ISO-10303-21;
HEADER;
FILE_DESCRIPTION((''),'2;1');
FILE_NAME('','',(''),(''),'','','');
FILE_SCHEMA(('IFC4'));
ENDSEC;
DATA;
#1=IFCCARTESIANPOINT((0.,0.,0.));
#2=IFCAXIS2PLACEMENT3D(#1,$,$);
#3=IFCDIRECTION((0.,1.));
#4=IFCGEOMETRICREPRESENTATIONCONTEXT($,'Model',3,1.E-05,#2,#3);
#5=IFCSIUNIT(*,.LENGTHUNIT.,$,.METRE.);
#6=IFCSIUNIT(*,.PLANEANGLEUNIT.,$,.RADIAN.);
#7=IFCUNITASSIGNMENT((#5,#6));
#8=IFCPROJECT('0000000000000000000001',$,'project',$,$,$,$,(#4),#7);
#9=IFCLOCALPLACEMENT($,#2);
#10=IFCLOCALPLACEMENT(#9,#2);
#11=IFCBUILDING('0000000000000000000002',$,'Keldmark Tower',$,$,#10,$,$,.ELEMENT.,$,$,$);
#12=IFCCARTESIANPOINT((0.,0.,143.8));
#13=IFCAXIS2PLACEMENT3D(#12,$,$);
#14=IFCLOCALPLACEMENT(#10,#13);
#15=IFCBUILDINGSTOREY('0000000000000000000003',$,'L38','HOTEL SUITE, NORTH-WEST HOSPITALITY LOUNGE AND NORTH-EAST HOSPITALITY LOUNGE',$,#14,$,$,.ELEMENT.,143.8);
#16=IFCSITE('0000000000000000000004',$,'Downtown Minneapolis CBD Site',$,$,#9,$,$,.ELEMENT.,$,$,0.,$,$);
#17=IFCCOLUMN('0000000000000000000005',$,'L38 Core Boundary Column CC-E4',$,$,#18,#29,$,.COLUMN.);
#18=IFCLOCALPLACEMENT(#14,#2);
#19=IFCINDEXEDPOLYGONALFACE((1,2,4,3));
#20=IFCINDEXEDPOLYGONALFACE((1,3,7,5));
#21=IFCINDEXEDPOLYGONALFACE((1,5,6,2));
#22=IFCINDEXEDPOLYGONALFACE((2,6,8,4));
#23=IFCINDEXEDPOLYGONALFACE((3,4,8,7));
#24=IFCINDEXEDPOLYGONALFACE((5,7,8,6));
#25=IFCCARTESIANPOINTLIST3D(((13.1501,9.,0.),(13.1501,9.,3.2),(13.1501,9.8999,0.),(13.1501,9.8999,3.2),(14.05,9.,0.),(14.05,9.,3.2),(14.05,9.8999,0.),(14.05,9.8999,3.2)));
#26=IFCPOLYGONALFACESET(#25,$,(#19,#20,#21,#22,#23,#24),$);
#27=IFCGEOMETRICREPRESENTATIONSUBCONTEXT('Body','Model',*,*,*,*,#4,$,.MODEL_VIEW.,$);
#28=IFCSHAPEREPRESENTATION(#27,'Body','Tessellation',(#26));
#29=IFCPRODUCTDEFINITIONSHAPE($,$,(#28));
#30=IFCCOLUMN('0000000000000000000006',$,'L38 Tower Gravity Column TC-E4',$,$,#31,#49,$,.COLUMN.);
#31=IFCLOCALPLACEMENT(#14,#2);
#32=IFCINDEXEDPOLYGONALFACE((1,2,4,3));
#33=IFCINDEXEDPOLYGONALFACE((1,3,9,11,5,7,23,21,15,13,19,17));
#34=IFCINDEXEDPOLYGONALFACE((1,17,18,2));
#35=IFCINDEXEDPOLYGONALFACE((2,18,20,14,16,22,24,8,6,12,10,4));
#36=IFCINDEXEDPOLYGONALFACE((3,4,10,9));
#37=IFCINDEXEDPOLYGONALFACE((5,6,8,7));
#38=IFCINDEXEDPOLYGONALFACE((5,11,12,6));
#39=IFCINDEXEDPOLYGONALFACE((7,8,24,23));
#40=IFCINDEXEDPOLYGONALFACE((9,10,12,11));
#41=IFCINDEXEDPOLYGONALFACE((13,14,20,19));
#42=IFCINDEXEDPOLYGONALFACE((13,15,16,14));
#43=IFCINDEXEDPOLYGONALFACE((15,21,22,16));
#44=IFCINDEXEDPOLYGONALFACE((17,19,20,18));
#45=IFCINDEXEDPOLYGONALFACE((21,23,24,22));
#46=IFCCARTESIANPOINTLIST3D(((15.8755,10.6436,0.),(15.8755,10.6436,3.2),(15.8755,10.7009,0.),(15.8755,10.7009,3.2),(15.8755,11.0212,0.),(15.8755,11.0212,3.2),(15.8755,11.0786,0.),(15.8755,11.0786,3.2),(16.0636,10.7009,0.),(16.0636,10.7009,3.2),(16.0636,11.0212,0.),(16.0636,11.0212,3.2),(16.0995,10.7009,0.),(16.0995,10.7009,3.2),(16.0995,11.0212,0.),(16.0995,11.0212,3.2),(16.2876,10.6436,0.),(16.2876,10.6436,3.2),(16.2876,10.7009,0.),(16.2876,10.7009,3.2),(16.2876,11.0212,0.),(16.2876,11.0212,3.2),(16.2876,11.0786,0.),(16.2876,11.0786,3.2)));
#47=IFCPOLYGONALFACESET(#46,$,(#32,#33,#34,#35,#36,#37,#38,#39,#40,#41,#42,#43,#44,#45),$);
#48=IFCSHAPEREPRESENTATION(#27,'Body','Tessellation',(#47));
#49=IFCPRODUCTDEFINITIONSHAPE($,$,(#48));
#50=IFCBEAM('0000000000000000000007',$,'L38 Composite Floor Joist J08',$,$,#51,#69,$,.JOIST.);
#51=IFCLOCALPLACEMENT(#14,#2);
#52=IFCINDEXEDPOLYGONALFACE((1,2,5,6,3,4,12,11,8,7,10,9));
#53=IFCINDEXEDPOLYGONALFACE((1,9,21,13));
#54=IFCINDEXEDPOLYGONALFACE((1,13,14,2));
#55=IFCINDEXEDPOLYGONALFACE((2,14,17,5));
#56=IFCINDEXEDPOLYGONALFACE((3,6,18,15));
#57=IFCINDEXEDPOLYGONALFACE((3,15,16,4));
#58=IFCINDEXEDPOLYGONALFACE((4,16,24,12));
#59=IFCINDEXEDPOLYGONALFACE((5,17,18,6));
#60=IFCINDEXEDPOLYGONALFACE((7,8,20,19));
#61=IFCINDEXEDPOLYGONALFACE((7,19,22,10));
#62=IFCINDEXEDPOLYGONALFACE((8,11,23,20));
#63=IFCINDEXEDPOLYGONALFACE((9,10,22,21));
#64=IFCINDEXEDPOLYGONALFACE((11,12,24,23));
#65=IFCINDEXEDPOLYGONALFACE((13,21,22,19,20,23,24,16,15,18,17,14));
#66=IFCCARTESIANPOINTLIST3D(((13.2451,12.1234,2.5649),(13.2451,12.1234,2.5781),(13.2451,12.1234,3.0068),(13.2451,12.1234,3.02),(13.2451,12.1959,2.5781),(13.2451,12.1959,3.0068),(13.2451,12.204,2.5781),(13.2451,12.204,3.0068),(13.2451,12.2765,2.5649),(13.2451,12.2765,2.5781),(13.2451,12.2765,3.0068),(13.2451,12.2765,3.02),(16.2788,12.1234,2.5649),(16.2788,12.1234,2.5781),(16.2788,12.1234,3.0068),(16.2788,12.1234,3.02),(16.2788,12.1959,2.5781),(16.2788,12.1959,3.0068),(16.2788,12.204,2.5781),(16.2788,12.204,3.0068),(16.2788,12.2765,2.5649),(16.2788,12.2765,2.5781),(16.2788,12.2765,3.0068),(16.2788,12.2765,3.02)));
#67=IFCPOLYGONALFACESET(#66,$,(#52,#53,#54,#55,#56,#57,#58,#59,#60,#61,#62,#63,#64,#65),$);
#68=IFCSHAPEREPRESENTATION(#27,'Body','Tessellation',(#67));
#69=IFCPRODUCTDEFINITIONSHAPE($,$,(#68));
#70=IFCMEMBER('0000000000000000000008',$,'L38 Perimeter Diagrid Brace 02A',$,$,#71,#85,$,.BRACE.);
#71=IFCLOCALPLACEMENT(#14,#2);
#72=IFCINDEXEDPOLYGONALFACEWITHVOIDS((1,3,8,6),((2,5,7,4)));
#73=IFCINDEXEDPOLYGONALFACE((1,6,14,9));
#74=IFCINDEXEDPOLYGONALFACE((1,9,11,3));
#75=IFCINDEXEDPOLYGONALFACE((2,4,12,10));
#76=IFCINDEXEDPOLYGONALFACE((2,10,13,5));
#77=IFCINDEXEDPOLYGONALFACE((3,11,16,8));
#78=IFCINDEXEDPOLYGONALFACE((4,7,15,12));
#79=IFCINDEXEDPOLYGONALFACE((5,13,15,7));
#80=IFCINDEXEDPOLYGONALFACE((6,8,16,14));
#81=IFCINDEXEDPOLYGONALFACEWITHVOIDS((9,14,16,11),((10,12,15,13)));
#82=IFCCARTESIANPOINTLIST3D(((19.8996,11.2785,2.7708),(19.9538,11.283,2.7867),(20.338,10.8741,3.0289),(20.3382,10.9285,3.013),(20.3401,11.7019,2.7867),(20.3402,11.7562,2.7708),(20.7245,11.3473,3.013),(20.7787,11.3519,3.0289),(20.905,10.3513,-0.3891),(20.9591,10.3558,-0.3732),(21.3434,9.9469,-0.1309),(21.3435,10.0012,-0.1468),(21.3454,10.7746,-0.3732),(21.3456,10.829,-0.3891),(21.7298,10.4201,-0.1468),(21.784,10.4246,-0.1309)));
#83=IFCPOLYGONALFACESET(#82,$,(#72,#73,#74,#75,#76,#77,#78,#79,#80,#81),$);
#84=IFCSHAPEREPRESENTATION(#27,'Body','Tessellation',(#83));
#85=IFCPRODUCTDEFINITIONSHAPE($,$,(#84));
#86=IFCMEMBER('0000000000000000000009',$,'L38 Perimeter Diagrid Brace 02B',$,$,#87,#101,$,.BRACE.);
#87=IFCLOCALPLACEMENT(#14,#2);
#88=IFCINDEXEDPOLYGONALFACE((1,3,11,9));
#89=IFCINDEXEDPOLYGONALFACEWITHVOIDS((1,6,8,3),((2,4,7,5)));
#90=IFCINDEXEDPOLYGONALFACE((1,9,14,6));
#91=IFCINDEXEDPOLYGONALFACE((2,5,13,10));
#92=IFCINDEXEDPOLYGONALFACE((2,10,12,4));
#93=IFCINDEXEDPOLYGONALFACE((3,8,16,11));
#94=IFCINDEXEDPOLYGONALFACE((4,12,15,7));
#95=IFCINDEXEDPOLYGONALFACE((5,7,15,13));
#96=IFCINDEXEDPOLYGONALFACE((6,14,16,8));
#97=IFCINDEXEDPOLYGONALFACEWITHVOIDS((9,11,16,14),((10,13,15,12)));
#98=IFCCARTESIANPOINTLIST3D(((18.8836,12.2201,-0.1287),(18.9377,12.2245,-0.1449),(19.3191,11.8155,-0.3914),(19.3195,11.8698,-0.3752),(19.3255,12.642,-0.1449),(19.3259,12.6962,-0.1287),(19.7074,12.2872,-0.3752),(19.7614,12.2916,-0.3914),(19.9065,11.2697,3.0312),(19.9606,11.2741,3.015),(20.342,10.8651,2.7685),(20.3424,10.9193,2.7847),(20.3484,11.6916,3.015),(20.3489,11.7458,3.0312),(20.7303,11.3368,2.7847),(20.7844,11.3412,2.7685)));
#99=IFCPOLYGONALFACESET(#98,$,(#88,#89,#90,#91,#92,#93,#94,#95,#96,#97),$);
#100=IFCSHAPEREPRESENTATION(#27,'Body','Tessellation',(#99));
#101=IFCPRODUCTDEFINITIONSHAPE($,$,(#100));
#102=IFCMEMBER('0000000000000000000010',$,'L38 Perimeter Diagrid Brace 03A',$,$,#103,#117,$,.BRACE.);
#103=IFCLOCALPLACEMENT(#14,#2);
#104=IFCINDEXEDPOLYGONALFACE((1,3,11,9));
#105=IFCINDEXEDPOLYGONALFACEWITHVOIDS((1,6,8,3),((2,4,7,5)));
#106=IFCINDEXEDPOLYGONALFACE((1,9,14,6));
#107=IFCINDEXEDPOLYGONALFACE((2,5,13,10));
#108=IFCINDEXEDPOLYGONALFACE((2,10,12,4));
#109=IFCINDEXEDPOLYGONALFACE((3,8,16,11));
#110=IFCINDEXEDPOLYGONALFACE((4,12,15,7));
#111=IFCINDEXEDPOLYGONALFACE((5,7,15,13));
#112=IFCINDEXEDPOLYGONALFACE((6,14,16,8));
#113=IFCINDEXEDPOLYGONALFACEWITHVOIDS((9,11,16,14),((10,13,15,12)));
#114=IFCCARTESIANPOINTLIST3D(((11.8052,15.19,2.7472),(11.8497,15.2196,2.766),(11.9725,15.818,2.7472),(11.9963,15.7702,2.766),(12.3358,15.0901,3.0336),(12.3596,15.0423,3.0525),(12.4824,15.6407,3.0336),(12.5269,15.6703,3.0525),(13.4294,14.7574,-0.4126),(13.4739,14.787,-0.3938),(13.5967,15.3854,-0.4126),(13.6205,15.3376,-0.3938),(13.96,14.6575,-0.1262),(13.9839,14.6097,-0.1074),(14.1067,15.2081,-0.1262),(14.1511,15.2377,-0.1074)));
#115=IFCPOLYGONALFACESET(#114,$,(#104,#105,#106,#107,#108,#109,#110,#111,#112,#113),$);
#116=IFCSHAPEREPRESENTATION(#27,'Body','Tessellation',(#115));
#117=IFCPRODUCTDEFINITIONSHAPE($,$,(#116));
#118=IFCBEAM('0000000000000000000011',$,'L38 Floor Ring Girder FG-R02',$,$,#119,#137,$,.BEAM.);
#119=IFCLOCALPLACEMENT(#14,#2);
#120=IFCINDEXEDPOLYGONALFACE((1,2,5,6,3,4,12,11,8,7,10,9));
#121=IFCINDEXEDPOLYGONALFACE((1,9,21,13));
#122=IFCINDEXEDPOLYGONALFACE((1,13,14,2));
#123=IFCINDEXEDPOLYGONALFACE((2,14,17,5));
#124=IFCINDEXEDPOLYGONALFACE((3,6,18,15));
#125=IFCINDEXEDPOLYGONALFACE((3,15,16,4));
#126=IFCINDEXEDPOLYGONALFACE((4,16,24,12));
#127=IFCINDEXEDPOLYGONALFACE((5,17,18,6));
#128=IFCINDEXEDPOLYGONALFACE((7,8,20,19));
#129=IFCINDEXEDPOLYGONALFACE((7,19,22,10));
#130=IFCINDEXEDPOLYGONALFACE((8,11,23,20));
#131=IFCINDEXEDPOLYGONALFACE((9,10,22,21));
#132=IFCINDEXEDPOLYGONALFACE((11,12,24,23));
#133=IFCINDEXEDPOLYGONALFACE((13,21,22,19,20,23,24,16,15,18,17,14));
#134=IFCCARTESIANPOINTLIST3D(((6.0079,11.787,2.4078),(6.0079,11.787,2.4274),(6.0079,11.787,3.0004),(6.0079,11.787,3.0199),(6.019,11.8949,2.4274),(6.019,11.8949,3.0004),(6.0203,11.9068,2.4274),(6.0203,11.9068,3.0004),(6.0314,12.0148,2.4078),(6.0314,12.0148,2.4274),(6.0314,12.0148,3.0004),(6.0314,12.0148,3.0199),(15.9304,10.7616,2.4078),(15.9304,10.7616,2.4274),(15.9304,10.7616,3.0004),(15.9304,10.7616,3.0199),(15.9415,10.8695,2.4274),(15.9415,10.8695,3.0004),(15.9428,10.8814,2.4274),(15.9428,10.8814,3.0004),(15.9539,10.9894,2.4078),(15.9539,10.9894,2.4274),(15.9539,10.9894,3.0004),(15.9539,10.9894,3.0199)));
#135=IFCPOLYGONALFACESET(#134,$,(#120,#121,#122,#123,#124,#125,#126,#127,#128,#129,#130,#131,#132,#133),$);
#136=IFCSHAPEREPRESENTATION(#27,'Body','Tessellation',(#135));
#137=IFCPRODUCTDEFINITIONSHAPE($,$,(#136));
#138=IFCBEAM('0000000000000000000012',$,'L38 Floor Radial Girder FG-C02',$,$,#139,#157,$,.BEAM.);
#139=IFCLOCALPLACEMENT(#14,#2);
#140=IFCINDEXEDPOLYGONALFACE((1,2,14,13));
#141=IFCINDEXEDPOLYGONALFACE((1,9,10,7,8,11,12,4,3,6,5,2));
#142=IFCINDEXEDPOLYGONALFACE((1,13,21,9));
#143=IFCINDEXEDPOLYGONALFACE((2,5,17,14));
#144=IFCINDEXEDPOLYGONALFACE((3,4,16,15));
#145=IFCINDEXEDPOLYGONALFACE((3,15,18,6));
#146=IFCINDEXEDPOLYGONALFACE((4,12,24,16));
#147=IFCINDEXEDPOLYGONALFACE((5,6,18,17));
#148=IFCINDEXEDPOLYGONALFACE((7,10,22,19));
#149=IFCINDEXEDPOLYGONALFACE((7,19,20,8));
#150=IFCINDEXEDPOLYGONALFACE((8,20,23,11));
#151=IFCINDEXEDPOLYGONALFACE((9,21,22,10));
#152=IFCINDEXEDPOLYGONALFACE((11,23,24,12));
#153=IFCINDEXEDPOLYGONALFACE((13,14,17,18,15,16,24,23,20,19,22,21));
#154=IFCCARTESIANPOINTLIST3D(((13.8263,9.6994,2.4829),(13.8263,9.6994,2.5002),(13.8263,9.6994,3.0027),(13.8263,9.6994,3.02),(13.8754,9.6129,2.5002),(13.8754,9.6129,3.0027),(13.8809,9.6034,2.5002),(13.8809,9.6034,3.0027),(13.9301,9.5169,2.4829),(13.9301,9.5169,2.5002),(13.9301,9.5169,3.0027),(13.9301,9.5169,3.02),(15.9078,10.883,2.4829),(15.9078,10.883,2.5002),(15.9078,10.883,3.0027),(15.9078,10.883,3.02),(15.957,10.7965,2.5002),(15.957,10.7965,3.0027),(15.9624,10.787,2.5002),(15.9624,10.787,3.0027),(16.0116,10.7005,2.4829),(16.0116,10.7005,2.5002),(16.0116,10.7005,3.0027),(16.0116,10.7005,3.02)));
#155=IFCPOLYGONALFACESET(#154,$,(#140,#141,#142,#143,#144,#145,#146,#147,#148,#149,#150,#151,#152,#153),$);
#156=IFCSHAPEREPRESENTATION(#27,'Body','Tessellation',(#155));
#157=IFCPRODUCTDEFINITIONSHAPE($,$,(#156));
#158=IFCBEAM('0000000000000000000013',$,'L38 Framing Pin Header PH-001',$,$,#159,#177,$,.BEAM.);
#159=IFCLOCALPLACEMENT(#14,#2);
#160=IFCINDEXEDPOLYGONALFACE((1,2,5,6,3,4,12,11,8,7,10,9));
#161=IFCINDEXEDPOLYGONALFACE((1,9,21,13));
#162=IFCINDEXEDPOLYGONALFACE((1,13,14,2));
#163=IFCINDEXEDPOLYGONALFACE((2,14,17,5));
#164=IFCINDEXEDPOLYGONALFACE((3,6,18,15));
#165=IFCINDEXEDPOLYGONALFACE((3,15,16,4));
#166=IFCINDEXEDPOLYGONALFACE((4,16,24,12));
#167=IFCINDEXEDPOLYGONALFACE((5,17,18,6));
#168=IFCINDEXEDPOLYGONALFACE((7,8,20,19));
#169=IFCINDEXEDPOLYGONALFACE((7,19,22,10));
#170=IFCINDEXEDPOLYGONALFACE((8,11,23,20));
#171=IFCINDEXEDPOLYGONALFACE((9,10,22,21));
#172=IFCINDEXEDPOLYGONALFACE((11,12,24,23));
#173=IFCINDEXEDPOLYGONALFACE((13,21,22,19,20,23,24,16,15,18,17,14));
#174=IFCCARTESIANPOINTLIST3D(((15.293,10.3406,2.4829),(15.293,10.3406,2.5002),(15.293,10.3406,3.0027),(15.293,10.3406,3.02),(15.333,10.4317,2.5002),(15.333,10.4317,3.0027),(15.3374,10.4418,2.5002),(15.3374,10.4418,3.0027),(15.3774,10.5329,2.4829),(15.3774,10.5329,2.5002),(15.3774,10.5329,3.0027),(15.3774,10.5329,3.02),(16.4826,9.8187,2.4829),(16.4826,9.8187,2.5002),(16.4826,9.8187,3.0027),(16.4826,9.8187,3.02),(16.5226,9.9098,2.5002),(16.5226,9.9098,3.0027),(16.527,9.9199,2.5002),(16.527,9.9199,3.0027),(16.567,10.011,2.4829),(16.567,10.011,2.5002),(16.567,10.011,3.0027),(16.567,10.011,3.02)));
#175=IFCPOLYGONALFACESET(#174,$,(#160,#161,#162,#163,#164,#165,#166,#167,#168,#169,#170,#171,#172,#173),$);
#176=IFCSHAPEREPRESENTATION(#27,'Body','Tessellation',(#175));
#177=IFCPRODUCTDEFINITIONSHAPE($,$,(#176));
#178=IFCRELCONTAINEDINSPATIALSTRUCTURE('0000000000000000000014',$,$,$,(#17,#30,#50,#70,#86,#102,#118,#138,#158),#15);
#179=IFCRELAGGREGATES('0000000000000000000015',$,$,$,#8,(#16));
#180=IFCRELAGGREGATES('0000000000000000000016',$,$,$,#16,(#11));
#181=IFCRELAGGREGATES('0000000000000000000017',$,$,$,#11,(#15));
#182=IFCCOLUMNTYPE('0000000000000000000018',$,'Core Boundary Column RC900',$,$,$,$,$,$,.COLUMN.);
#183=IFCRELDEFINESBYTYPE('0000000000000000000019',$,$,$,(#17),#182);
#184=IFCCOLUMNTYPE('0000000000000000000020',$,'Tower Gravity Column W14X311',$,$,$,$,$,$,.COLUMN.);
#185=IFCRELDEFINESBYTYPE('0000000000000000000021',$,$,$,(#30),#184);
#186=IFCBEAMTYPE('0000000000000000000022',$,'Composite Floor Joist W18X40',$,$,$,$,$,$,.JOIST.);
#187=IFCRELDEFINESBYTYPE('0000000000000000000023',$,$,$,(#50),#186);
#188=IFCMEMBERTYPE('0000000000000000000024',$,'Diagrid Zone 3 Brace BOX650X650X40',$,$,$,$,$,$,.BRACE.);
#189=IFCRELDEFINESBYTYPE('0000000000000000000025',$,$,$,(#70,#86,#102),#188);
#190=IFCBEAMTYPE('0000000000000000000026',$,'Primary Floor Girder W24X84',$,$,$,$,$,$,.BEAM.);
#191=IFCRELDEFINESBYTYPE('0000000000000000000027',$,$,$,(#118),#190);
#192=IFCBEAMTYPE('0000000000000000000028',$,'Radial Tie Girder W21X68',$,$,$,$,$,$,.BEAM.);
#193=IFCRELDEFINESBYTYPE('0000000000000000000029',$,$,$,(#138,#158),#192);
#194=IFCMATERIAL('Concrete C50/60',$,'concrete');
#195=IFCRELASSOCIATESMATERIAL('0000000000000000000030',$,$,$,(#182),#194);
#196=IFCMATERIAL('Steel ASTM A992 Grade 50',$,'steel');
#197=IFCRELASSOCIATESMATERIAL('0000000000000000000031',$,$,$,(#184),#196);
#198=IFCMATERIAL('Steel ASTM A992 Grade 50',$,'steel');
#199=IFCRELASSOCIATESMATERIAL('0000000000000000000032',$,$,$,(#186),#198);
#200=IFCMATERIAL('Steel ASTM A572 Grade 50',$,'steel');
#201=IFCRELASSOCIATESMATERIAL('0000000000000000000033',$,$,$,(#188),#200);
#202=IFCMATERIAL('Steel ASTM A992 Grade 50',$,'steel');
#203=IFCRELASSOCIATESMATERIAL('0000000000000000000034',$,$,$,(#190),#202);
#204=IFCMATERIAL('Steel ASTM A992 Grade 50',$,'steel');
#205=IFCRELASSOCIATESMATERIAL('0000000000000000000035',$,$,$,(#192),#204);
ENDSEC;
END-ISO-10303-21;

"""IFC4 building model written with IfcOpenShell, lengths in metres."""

from ifc_helpers import new_model, si_unit, direction, frame, origin, origin_2d, place, context, subcontext, project, spatial, rectangle, hollow_rectangle, i_section, extrude, material, material_profile, profile_set, type_object, element, save


model = new_model("IFC4")

# Units and contexts
model_context = context("Model", 3, precision=1e-05, world=origin(), true_north=direction((0.0, 1.0)))
body_context = subcontext(model_context, "Body", "Model", "MODEL_VIEW")
ifc_project = project(units=[si_unit("LENGTHUNIT", "METRE"), si_unit("PLANEANGLEUNIT", "RADIAN")], contexts=[model_context])

# Site, building, storey
site_placement = place(None, origin())
site = spatial("IfcSite", under=ifc_project, at=site_placement, Name="Downtown Minneapolis CBD Site", CompositionType="ELEMENT", RefElevation=0.0)
building_placement = place(site_placement, origin())
building = spatial("IfcBuilding", under=site, at=building_placement, Name="Keldmark Tower", CompositionType="ELEMENT")
storey_placement = place(building_placement, frame((0.0, 0.0, 143.8)))
storey = spatial("IfcBuildingStorey", under=building, at=storey_placement, Name="L38", Description="HOTEL SUITE, NORTH-WEST HOSPITALITY LOUNGE AND NORTH-EAST HOSPITALITY LOUNGE", CompositionType="ELEMENT", Elevation=143.8)

# Columns
ifc_material_1 = material(Name="Concrete C50/60", Category="concrete")
ifc_material_profile_1 = material_profile(ifc_material_1, rectangle(XDim=0.8999, YDim=0.8999, at=origin_2d()), Name="RC900X900")
ifc_profile_set_1 = profile_set([ifc_material_profile_1], Name="Concrete C50/60")
column_type_1 = type_object("IfcColumnType", Name="Core Boundary Column RC900", PredefinedType="COLUMN", material=ifc_profile_set_1)
column_1_placement = place(storey_placement, frame((13.6001, 9.45, 0.0), z_axis=(0.0, 0.0, 1.0), x_axis=(1.0, 0.0, 0.0)))
element("IfcColumn", 1, at=column_1_placement, inside=storey, type_object=column_type_1, Name="L38 Core Boundary Column CC-E4", PredefinedType="COLUMN", context=body_context, shape_type="SweptSolid", body=[
    extrude(rectangle(XDim=0.8999, YDim=0.8999, at=origin_2d()), origin(), (0.0, 0.0, 1.0), 3.2),
])
ifc_material_2 = material(Name="Steel ASTM A992 Grade 50", Category="steel")
ifc_material_profile_2 = material_profile(ifc_material_2, i_section(OverallWidth=0.4121, OverallDepth=0.4351, WebThickness=0.0359, FlangeThickness=0.0574, at=origin_2d()), Name="W14X311")
ifc_profile_set_2 = profile_set([ifc_material_profile_2], Name="Steel ASTM A992 Grade 50")
column_type_2 = type_object("IfcColumnType", Name="Tower Gravity Column W14X311", PredefinedType="COLUMN", material=ifc_profile_set_2)
column_2_placement = place(storey_placement, frame((16.0815, 10.8611, 0.0), z_axis=(0.0, 0.0, 1.0), x_axis=(1.0, 0.0, 0.0)))
element("IfcColumn", 2, at=column_2_placement, inside=storey, type_object=column_type_2, Name="L38 Tower Gravity Column TC-E4", PredefinedType="COLUMN", context=body_context, shape_type="SweptSolid", body=[
    extrude(i_section(OverallWidth=0.4121, OverallDepth=0.4351, WebThickness=0.0359, FlangeThickness=0.0574, at=origin_2d()), origin(), (0.0, 0.0, 1.0), 3.2),
])

# Beam
ifc_material_3 = material(Name="Steel ASTM A992 Grade 50", Category="steel")
ifc_material_profile_3 = material_profile(ifc_material_3, i_section(OverallWidth=0.1531, OverallDepth=0.4551, WebThickness=0.0081, FlangeThickness=0.0132, at=origin_2d()), Name="W18X40")
ifc_profile_set_3 = profile_set([ifc_material_profile_3], Name="Steel ASTM A992 Grade 50")
beam_type_1 = type_object("IfcBeamType", Name="Composite Floor Joist W18X40", PredefinedType="JOIST", material=ifc_profile_set_3)
beam_1_placement = place(storey_placement, frame((13.2451, 12.2, 2.7925), z_axis=(1.0, 0.0, 0.0), x_axis=(0.0, 1.0, 0.0)))
element("IfcBeam", 3, at=beam_1_placement, inside=storey, type_object=beam_type_1, Name="L38 Composite Floor Joist J08", PredefinedType="JOIST", context=body_context, shape_type="SweptSolid", body=[
    extrude(i_section(OverallWidth=0.1531, OverallDepth=0.4551, WebThickness=0.0081, FlangeThickness=0.0132, at=origin_2d()), origin(), (0.0, 0.0, 1.0), 3.0337),
])

# Members
ifc_material_4 = material(Name="Steel ASTM A572 Grade 50", Category="steel")
ifc_material_profile_4 = material_profile(ifc_material_4, hollow_rectangle(XDim=0.6499, YDim=0.6499, WallThickness=0.04, at=origin_2d()), Name="BOX650X650X40")
ifc_profile_set_4 = profile_set([ifc_material_profile_4], Name="Steel ASTM A572 Grade 50")
member_type = type_object("IfcMemberType", Name="Diagrid Zone 3 Brace BOX650X650X40", PredefinedType="BRACE", material=ifc_profile_set_4)
member_1_placement = place(storey_placement, frame((21.3445, 10.3879, -0.26), z_axis=(-0.291988, 0.269298, 0.917726), x_axis=(-0.677969, -0.735091, 0.0)))
element("IfcMember", 4, at=member_1_placement, inside=storey, type_object=member_type, Name="L38 Perimeter Diagrid Brace 02A", PredefinedType="BRACE", context=body_context, shape_type="SweptSolid", body=[
    extrude(hollow_rectangle(XDim=0.6499, YDim=0.6499, WallThickness=0.04, at=origin_2d()), origin(), (0.0, 0.0, 1.0), 3.4431),
])
member_2_placement = place(storey_placement, frame((19.3225, 12.2559, -0.26), z_axis=(0.296105, -0.275117, 0.914676), x_axis=(0.680666, 0.732594, 0.0)))
element("IfcMember", 5, at=member_2_placement, inside=storey, type_object=member_type, Name="L38 Perimeter Diagrid Brace 02B", PredefinedType="BRACE", context=body_context, shape_type="SweptSolid", body=[
    extrude(hollow_rectangle(XDim=0.6499, YDim=0.6499, WallThickness=0.04, at=origin_2d()), origin(), (0.0, 0.0, 1.0), 3.4546),
])
member_3_placement = place(storey_placement, frame((13.7903, 14.9976, -0.26), z_axis=(-0.453811, 0.120871, 0.882862), x_axis=(-0.257373, -0.966312, 0.0)))
element("IfcMember", 6, at=member_3_placement, inside=storey, type_object=member_type, Name="L38 Perimeter Diagrid Brace 03A", PredefinedType="BRACE", context=body_context, shape_type="SweptSolid", body=[
    extrude(hollow_rectangle(XDim=0.6499, YDim=0.6499, WallThickness=0.04, at=origin_2d()), origin(), (0.0, 0.0, 1.0), 3.5791),
])

# Beams
ifc_material_5 = material(Name="Steel ASTM A992 Grade 50", Category="steel")
ifc_material_profile_5 = material_profile(ifc_material_5, i_section(OverallWidth=0.229, OverallDepth=0.6121, WebThickness=0.012, FlangeThickness=0.0195, at=origin_2d()), Name="W24X84")
ifc_profile_set_5 = profile_set([ifc_material_profile_5], Name="Steel ASTM A992 Grade 50")
beam_type_2 = type_object("IfcBeamType", Name="Primary Floor Girder W24X84", PredefinedType="BEAM", material=ifc_profile_set_5)
beam_2_placement = place(storey_placement, frame((15.9421, 10.8755, 2.7139), z_axis=(-0.994703, 0.102791, 0.0), x_axis=(-0.102791, -0.994703, 0.0)))
element("IfcBeam", 7, at=beam_2_placement, inside=storey, type_object=beam_type_2, Name="L38 Floor Ring Girder FG-R02", PredefinedType="BEAM", context=body_context, shape_type="SweptSolid", body=[
    extrude(i_section(OverallWidth=0.229, OverallDepth=0.6121, WebThickness=0.012, FlangeThickness=0.0195, at=origin_2d()), origin(), (0.0, 0.0, 1.0), 9.9753),
])
ifc_material_6 = material(Name="Steel ASTM A992 Grade 50", Category="steel")
ifc_material_profile_6 = material_profile(ifc_material_6, i_section(OverallWidth=0.21, OverallDepth=0.5371, WebThickness=0.011, FlangeThickness=0.0173, at=origin_2d()), Name="W21X68")
ifc_profile_set_6 = profile_set([ifc_material_profile_6], Name="Steel ASTM A992 Grade 50")
beam_type_3 = type_object("IfcBeamType", Name="Radial Tie Girder W21X68", PredefinedType="BEAM", material=ifc_profile_set_6)
beam_3_placement = place(storey_placement, frame((15.9597, 10.7917, 2.7515), z_axis=(-0.869295, -0.494293, 0.0), x_axis=(0.494293, -0.869295, 0.0)))
element("IfcBeam", 8, at=beam_3_placement, inside=storey, type_object=beam_type_3, Name="L38 Floor Radial Girder FG-C02", PredefinedType="BEAM", context=body_context, shape_type="SweptSolid", body=[
    extrude(i_section(OverallWidth=0.21, OverallDepth=0.5371, WebThickness=0.011, FlangeThickness=0.0173, at=origin_2d()), origin(), (0.0, 0.0, 1.0), 2.3945),
])
beam_4_placement = place(storey_placement, frame((15.3352, 10.4368, 2.7515), z_axis=(0.915738, -0.401775, 0.0), x_axis=(0.401775, 0.915738, 0.0)))
element("IfcBeam", 9, at=beam_4_placement, inside=storey, type_object=beam_type_3, Name="L38 Framing Pin Header PH-001", PredefinedType="BEAM", context=body_context, shape_type="SweptSolid", body=[
    extrude(i_section(OverallWidth=0.21, OverallDepth=0.5371, WebThickness=0.011, FlangeThickness=0.0173, at=origin_2d()), origin(), (0.0, 0.0, 1.0), 1.2991),
])

save(model, "model.ifc")
